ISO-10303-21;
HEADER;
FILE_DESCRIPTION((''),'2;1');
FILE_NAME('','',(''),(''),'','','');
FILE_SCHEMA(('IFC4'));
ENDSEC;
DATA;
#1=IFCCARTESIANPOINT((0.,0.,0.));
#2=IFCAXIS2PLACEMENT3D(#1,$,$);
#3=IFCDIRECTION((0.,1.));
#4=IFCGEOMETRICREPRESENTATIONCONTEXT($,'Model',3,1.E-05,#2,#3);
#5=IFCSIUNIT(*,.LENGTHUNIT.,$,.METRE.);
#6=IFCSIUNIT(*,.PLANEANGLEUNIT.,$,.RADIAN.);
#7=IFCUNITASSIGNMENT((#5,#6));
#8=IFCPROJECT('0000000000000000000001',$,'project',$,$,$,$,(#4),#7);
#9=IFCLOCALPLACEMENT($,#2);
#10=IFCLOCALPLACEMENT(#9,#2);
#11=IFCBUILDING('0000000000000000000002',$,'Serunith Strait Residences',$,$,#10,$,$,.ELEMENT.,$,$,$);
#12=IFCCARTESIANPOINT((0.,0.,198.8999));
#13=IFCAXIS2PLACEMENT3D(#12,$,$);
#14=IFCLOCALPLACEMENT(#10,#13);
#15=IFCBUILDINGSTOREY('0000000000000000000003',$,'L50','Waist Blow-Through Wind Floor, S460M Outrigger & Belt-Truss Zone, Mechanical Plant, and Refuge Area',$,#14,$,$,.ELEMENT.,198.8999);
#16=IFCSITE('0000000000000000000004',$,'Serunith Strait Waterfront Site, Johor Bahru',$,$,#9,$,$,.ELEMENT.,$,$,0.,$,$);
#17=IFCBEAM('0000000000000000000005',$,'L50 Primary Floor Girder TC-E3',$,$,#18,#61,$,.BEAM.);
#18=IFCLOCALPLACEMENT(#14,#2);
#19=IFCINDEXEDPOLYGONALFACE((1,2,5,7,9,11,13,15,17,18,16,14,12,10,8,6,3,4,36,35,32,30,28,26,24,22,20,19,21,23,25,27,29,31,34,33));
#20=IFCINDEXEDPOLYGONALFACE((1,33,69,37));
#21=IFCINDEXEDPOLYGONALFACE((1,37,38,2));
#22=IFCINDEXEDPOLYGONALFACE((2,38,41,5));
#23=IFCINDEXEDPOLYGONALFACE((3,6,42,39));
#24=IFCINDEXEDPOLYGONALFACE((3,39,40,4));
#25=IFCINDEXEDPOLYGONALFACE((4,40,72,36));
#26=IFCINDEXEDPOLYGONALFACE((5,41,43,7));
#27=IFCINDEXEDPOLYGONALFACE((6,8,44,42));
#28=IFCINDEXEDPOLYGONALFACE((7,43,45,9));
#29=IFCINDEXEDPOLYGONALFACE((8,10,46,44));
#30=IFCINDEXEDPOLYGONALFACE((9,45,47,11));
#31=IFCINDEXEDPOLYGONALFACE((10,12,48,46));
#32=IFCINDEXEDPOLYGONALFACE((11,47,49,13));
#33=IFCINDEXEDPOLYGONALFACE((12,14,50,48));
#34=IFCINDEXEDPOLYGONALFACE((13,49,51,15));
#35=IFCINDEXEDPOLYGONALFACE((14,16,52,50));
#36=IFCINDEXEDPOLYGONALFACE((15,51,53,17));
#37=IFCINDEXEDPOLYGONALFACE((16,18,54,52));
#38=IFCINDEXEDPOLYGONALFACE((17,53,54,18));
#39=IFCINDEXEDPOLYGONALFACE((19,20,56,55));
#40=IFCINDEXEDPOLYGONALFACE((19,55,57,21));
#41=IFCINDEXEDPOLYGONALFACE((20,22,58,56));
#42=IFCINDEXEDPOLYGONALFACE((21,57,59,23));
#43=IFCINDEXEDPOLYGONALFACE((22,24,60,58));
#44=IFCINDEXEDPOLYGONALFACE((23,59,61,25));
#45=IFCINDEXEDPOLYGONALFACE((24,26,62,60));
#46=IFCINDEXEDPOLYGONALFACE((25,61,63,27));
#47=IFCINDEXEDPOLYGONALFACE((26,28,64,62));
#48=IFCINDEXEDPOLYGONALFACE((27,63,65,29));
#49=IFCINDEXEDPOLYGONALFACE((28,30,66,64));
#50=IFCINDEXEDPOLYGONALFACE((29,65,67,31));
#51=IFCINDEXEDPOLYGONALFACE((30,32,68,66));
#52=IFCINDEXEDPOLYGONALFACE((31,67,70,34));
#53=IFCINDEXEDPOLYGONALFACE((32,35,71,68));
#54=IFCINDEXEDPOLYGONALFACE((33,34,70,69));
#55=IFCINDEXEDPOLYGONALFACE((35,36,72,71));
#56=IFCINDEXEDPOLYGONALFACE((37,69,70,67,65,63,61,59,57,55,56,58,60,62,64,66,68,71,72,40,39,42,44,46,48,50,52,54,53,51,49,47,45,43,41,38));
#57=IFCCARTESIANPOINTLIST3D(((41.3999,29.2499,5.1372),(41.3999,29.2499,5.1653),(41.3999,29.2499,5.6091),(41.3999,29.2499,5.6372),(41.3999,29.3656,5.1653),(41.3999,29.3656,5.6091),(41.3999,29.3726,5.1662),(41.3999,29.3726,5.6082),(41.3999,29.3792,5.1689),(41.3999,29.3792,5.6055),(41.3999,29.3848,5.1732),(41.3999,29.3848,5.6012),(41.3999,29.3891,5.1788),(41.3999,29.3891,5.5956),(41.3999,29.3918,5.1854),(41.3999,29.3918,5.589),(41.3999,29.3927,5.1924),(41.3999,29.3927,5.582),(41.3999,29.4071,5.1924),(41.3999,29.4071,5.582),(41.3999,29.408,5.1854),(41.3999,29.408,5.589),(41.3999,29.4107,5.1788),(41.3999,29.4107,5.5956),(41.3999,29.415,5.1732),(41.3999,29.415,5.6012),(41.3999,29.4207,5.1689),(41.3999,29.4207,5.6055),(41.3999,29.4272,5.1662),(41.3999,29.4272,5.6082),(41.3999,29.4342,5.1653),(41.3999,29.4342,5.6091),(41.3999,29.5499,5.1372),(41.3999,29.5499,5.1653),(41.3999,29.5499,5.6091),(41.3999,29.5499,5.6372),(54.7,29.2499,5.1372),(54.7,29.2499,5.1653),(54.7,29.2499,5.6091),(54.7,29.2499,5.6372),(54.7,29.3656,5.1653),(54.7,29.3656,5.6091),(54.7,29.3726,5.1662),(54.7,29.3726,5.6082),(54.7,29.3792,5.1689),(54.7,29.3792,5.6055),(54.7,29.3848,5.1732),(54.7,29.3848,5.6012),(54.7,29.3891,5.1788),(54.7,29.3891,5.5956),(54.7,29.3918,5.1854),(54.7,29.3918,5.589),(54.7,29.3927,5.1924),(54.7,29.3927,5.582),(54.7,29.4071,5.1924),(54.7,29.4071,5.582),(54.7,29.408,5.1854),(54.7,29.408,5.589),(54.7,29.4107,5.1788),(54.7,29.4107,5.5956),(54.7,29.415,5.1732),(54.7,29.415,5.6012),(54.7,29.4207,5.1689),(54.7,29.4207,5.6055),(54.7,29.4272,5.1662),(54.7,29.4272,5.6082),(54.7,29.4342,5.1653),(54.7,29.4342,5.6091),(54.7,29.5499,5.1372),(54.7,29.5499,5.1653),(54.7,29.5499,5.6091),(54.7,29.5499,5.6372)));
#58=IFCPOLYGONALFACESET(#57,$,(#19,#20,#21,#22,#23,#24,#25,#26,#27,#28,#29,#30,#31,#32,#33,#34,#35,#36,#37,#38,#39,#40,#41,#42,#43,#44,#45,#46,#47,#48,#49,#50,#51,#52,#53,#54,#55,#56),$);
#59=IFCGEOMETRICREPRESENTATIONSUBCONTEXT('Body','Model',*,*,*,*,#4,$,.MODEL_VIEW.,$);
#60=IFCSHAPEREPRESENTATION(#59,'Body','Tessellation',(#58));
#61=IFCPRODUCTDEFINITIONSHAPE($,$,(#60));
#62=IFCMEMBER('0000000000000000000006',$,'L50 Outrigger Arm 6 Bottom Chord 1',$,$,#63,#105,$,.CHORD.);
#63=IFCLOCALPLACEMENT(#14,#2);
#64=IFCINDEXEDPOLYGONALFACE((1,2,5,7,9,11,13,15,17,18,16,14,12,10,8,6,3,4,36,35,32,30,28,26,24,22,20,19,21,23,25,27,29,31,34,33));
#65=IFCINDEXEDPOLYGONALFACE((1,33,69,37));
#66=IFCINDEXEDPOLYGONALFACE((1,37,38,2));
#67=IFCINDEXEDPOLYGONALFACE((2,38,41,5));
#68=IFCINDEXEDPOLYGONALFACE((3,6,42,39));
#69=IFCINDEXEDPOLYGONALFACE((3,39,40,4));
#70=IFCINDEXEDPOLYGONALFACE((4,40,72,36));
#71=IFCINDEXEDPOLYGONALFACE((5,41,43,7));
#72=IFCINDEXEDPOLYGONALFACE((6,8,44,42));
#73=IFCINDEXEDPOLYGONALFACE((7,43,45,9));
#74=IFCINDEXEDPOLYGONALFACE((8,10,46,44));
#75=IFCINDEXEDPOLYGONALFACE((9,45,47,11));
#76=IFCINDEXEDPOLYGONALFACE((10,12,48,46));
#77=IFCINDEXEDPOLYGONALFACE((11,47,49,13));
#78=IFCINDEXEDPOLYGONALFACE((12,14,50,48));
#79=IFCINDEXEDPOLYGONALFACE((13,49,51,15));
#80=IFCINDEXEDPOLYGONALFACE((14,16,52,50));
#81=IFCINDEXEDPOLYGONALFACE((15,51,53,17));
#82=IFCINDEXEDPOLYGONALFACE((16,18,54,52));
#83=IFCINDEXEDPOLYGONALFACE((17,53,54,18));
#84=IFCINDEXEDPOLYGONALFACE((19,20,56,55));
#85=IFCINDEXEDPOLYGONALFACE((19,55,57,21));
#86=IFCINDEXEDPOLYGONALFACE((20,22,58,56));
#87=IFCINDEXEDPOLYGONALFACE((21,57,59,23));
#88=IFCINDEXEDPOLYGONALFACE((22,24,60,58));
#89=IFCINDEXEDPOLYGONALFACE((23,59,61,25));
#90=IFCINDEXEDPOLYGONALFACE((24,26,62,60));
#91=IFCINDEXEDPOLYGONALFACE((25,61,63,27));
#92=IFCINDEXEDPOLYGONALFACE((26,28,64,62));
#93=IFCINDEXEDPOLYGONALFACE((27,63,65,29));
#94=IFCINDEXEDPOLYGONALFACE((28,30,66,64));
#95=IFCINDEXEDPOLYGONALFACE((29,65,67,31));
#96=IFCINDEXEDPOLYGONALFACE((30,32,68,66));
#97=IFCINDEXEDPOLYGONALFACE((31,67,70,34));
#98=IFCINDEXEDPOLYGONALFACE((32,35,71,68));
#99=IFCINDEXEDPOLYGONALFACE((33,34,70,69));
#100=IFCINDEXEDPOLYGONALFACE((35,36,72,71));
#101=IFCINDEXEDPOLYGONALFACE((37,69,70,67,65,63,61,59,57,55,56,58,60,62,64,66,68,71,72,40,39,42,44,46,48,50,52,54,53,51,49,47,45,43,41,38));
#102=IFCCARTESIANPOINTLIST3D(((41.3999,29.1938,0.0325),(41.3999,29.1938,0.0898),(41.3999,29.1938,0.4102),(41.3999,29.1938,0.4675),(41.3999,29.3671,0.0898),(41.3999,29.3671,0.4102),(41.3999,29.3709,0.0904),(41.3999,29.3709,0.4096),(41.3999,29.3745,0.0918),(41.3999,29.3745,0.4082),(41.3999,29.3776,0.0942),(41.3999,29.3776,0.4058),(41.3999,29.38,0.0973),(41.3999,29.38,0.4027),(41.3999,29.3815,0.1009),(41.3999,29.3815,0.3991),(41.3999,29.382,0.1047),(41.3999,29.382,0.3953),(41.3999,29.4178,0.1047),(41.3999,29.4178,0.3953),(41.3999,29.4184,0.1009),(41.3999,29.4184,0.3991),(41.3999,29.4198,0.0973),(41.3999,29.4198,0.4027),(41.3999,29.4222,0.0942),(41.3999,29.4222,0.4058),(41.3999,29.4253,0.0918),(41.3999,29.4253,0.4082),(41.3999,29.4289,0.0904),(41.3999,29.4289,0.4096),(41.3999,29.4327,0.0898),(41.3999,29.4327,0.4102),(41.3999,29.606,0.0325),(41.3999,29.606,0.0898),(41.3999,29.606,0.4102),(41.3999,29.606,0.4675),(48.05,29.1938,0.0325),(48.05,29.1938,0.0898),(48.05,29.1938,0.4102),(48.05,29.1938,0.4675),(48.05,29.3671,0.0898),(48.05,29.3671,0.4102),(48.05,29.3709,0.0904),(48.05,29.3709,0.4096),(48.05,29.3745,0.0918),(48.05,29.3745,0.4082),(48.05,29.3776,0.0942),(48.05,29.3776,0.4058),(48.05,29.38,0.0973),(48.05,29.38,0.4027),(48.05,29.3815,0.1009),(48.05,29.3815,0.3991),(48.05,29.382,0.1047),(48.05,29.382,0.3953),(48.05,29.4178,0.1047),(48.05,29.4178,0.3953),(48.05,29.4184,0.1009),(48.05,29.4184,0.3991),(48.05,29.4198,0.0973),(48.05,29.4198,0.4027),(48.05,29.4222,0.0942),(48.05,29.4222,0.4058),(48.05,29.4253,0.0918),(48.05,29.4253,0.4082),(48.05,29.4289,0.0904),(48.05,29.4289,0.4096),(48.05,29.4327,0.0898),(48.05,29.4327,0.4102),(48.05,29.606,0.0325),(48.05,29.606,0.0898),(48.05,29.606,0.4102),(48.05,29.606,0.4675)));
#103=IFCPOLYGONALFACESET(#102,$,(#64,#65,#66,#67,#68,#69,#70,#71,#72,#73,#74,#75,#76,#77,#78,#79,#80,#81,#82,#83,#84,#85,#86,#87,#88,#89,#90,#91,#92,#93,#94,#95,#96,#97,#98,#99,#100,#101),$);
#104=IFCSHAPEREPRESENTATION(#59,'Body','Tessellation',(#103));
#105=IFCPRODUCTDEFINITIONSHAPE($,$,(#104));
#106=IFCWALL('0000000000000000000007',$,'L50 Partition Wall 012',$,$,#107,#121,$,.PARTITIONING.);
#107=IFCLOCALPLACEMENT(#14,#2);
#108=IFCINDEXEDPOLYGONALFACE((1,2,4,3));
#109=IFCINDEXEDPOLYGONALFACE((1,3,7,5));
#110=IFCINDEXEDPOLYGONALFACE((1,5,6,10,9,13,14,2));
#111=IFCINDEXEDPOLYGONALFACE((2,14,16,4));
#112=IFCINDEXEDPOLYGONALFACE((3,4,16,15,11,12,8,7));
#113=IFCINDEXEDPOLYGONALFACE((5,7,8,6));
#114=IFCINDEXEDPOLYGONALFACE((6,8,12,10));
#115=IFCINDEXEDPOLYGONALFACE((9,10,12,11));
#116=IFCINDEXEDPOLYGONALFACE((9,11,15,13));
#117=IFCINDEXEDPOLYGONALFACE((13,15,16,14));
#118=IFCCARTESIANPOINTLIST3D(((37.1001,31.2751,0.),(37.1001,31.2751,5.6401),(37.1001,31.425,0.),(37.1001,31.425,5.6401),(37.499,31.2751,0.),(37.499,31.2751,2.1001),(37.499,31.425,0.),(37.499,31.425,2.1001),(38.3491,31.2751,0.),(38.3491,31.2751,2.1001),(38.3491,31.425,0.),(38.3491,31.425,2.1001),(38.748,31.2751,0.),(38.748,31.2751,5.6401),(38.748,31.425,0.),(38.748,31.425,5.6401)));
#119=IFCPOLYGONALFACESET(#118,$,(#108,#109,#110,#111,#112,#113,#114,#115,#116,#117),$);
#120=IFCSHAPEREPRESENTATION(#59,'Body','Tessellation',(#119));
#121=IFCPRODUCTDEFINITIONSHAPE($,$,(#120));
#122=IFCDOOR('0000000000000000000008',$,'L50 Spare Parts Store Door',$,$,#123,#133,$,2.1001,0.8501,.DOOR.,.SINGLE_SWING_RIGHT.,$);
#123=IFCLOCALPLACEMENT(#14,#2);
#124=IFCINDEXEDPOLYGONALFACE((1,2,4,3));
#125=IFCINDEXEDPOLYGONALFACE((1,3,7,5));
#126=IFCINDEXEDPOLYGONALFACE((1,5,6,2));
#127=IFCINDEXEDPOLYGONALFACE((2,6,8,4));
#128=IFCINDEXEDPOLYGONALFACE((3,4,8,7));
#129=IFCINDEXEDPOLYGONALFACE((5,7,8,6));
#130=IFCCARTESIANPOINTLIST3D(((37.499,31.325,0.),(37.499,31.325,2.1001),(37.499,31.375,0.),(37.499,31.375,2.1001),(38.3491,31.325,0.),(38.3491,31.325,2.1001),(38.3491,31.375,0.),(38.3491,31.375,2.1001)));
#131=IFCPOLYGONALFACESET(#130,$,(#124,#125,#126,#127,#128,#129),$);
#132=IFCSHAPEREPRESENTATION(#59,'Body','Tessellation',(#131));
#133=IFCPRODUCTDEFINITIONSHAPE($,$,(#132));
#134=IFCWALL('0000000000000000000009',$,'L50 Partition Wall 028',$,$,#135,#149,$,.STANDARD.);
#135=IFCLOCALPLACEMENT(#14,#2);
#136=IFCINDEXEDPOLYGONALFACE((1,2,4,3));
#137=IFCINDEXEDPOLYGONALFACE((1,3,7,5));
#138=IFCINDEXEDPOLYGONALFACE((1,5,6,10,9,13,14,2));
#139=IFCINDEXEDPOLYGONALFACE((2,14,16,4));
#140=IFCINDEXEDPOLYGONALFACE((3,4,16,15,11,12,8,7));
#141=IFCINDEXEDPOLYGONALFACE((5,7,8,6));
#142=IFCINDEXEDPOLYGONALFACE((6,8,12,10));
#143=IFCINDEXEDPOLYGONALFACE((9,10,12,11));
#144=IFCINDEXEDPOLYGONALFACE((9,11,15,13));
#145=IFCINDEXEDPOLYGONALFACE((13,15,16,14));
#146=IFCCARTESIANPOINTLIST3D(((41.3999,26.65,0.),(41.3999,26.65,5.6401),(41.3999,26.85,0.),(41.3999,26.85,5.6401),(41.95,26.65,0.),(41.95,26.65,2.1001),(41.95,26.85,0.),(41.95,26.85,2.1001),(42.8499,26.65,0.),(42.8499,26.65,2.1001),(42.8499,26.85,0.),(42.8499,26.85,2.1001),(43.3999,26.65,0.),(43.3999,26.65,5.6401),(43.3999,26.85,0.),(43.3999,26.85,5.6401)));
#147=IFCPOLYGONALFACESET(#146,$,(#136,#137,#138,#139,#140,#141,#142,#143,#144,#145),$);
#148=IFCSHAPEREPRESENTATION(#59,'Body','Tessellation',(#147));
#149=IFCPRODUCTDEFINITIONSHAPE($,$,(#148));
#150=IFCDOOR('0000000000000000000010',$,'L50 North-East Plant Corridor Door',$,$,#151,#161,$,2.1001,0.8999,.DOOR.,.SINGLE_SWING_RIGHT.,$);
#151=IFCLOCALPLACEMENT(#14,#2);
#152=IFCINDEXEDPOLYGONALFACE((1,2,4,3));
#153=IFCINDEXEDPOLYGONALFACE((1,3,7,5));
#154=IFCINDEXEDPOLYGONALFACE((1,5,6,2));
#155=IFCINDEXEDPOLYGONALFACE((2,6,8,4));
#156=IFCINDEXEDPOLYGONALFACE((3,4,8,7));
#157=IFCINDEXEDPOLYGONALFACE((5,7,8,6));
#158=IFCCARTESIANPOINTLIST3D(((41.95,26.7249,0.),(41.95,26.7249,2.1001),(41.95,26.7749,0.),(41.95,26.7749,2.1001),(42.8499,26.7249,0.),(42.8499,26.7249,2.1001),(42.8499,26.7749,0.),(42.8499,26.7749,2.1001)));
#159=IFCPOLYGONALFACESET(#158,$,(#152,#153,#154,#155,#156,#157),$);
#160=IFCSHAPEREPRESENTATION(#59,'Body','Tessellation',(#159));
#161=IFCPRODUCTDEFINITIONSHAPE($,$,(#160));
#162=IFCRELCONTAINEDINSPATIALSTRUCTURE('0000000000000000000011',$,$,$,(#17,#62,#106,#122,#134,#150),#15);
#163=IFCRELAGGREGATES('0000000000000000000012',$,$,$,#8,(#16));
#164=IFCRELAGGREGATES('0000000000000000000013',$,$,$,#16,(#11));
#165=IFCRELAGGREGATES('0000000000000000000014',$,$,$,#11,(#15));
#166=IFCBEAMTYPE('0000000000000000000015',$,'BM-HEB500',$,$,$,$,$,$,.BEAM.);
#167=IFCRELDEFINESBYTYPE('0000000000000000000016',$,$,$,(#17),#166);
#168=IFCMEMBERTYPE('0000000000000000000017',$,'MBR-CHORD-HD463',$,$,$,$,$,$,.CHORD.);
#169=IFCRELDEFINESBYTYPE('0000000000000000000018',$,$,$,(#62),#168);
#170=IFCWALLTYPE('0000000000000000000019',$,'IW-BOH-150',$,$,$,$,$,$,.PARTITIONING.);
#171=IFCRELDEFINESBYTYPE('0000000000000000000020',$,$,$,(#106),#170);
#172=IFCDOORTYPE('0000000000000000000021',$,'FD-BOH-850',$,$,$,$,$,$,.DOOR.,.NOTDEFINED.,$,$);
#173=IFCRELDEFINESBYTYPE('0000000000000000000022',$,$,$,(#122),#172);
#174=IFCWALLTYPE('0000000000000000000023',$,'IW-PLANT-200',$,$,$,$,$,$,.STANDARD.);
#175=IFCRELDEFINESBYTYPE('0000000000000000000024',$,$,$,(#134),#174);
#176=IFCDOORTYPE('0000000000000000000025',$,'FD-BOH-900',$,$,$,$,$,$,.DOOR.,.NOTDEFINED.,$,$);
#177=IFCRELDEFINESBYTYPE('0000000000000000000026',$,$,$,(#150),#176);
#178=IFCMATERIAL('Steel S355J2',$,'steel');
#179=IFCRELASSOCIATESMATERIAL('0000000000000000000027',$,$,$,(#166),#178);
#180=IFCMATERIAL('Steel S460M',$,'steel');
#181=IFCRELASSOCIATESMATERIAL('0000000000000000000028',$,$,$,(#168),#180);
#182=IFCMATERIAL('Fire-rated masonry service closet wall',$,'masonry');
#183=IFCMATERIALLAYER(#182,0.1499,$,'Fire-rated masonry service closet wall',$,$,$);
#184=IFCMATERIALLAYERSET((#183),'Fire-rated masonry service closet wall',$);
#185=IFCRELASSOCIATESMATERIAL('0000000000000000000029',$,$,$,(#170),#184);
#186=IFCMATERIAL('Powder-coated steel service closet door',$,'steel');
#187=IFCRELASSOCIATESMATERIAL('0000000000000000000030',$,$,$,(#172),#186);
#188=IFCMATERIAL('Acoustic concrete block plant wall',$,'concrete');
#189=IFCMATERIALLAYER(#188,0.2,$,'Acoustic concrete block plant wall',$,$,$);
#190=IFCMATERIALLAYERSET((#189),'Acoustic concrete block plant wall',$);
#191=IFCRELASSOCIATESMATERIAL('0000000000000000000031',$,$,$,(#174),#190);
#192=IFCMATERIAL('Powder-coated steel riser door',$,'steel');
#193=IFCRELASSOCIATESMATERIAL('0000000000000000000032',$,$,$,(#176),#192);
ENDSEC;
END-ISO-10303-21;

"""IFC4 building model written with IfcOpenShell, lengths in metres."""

from ifc_helpers import new_model, si_unit, direction, frame, frame_2d, origin, origin_2d, place, context, subcontext, project, spatial, rectangle, i_section, extrude, source, transform, mapped, material, layer, layer_set, material_profile, profile_set, type_object, element, fill, save


model = new_model("IFC4")

# Units and contexts
model_context = context("Model", 3, precision=1e-05, world=origin(), true_north=direction((0.0, 1.0)))
body_context = subcontext(model_context, "Body", "Model", "MODEL_VIEW")
ifc_project = project(units=[si_unit("LENGTHUNIT", "METRE"), si_unit("PLANEANGLEUNIT", "RADIAN")], contexts=[model_context])

# Site, building, storey
site_placement = place(None, origin())
site = spatial("IfcSite", under=ifc_project, at=site_placement, Name="Serunith Strait Waterfront Site, Johor Bahru", CompositionType="ELEMENT", RefElevation=0.0)
building_placement = place(site_placement, origin())
building = spatial("IfcBuilding", under=site, at=building_placement, Name="Serunith Strait Residences", CompositionType="ELEMENT")
storey_placement = place(building_placement, frame((0.0, 0.0, 198.8999)))
storey = spatial("IfcBuildingStorey", under=building, at=storey_placement, Name="L50", Description="Waist Blow-Through Wind Floor, S460M Outrigger & Belt-Truss Zone, Mechanical Plant, and Refuge Area", CompositionType="ELEMENT", Elevation=198.8999)

# Beam
ifc_material_1 = material(Name="Steel S355J2", Category="steel")
ifc_material_profile_1 = material_profile(ifc_material_1, i_section(OverallWidth=0.3, OverallDepth=0.5, WebThickness=0.0144, FlangeThickness=0.0281, FilletRadius=0.0271, at=origin_2d()), Name="HEB 500")
ifc_profile_set_1 = profile_set([ifc_material_profile_1], Name="Steel S355J2")
beam_type = type_object("IfcBeamType", Name="BM-HEB500", PredefinedType="BEAM", material=ifc_profile_set_1)
shared_shape_1 = source(origin(), body_context, "Body", "SweptSolid", [
    extrude(i_section(OverallWidth=0.3, OverallDepth=0.5, WebThickness=0.0144, FlangeThickness=0.0281, FilletRadius=0.0271, at=origin_2d()), origin(), (0.0, 0.0, 1.0), 13.3),
])
beam_placement = place(storey_placement, frame((41.3999, 29.3999, 5.3872), z_axis=(1.0, 0.0, 0.0), x_axis=(0.0, 1.0, 0.0)))
element("IfcBeam", 1, at=beam_placement, inside=storey, type_object=beam_type, Name="L50 Primary Floor Girder TC-E3", PredefinedType="BEAM", context=body_context, shape_type="MappedRepresentation", body=[
    mapped(shared_shape_1, transform((0.0, 0.0, 0.0), scale=1.0)),
])

# Member
ifc_material_2 = material(Name="Steel S460M", Category="steel")
ifc_material_profile_2 = material_profile(ifc_material_2, i_section(OverallWidth=0.4121, OverallDepth=0.4351, WebThickness=0.0359, FlangeThickness=0.0574, FilletRadius=0.0149, at=origin_2d()), Name="HD 400x463")
ifc_profile_set_2 = profile_set([ifc_material_profile_2], Name="Steel S460M")
member_type = type_object("IfcMemberType", Name="MBR-CHORD-HD463", PredefinedType="CHORD", material=ifc_profile_set_2)
shared_shape_2 = source(origin(), body_context, "Body", "SweptSolid", [
    extrude(i_section(OverallWidth=0.4121, OverallDepth=0.4351, WebThickness=0.0359, FlangeThickness=0.0574, FilletRadius=0.0149, at=origin_2d()), origin(), (0.0, 0.0, 1.0), 6.6501),
])
member_placement = place(storey_placement, frame((41.3999, 29.3999, 0.25), z_axis=(1.0, 0.0, 0.0), x_axis=(0.0, 1.0, 0.0)))
element("IfcMember", 2, at=member_placement, inside=storey, type_object=member_type, Name="L50 Outrigger Arm 6 Bottom Chord 1", PredefinedType="CHORD", context=body_context, shape_type="MappedRepresentation", body=[
    mapped(shared_shape_2, transform((0.0, 0.0, 0.0), scale=1.0)),
])

# Walls, openings, doors
ifc_material_3 = material(Name="Fire-rated masonry service closet wall", Category="masonry")
ifc_layer_1 = layer(ifc_material_3, 0.1499, Name="Fire-rated masonry service closet wall")
ifc_layer_set_1 = layer_set([ifc_layer_1], Name="Fire-rated masonry service closet wall")
wall_type_1 = type_object("IfcWallType", Name="IW-BOH-150", PredefinedType="PARTITIONING", material=ifc_layer_set_1)
wall_1_placement = place(storey_placement, frame((37.1001, 31.3501, 0.0), z_axis=(0.0, 0.0, 1.0), x_axis=(1.0, 0.0, 0.0)))
wall_1 = element("IfcWall", 3, at=wall_1_placement, inside=storey, type_object=wall_type_1, Name="L50 Partition Wall 012", PredefinedType="PARTITIONING", context=body_context, shape_type="SweptSolid", body=[
    extrude(rectangle(XDim=1.6479, YDim=0.1499, at=frame_2d((0.824, 0.0))), origin(), (0.0, 0.0, 1.0), 5.6401),
])
opening_1_placement = place(wall_1_placement, frame((0.3989, 0.0, 0.0)))
opening_1 = element("IfcOpeningElement", 4, at=opening_1_placement, cuts=wall_1, PredefinedType="OPENING", context=body_context, shape_type="SweptSolid", body=[
    extrude(rectangle(XDim=0.8501, YDim=2.1001, at=frame_2d((0.425, 1.05))), frame((0.0, 0.085, 0.0), z_axis=(0.0, -1.0, 0.0), x_axis=(1.0, 0.0, 0.0)), (0.0, 0.0, 1.0), 0.1699),
])
ifc_material_4 = material(Name="Powder-coated steel service closet door", Category="steel")
door_type_1 = type_object("IfcDoorType", Name="FD-BOH-850", OperationType="NOTDEFINED", PredefinedType="DOOR", material=ifc_material_4)
shared_shape_3 = source(origin(), body_context, "Body", "SweptSolid", [
    extrude(rectangle(XDim=0.8501, YDim=2.1001, at=frame_2d((0.425, 1.05))), frame((0.0, 0.0249, 0.0), z_axis=(0.0, -1.0, 0.0), x_axis=(1.0, 0.0, 0.0)), (0.0, 0.0, 1.0), 0.05),
])
door_1_placement = place(opening_1_placement, origin())
door_1 = element("IfcDoor", 5, at=door_1_placement, inside=storey, type_object=door_type_1, Name="L50 Spare Parts Store Door", OperationType="SINGLE_SWING_RIGHT", OverallHeight=2.1001, OverallWidth=0.8501, PredefinedType="DOOR", context=body_context, shape_type="MappedRepresentation", body=[
    mapped(shared_shape_3, transform((0.0, 0.0, 0.0), scale=1.0)),
])
fill(opening_1, door_1)
ifc_material_5 = material(Name="Acoustic concrete block plant wall", Category="concrete")
ifc_layer_2 = layer(ifc_material_5, 0.2, Name="Acoustic concrete block plant wall")
ifc_layer_set_2 = layer_set([ifc_layer_2], Name="Acoustic concrete block plant wall")
wall_type_2 = type_object("IfcWallType", Name="IW-PLANT-200", PredefinedType="STANDARD", material=ifc_layer_set_2)
wall_2_placement = place(storey_placement, frame((41.3999, 26.75, 0.0), z_axis=(0.0, 0.0, 1.0), x_axis=(1.0, 0.0, 0.0)))
wall_2 = element("IfcWall", 6, at=wall_2_placement, inside=storey, type_object=wall_type_2, Name="L50 Partition Wall 028", PredefinedType="STANDARD", context=body_context, shape_type="SweptSolid", body=[
    extrude(rectangle(XDim=2.0, YDim=0.2, at=frame_2d((1.0, 0.0))), origin(), (0.0, 0.0, 1.0), 5.6401),
])
opening_2_placement = place(wall_2_placement, frame((0.55, 0.0, 0.0)))
opening_2 = element("IfcOpeningElement", 7, at=opening_2_placement, cuts=wall_2, PredefinedType="OPENING", context=body_context, shape_type="SweptSolid", body=[
    extrude(rectangle(XDim=0.8999, YDim=2.1001, at=frame_2d((0.45, 1.05))), frame((0.0, 0.1099, 0.0), z_axis=(0.0, -1.0, 0.0), x_axis=(1.0, 0.0, 0.0)), (0.0, 0.0, 1.0), 0.22),
])
ifc_material_6 = material(Name="Powder-coated steel riser door", Category="steel")
door_type_2 = type_object("IfcDoorType", Name="FD-BOH-900", OperationType="NOTDEFINED", PredefinedType="DOOR", material=ifc_material_6)
shared_shape_4 = source(origin(), body_context, "Body", "SweptSolid", [
    extrude(rectangle(XDim=0.8999, YDim=2.1001, at=frame_2d((0.45, 1.05))), frame((0.0, 0.0249, 0.0), z_axis=(0.0, -1.0, 0.0), x_axis=(1.0, 0.0, 0.0)), (0.0, 0.0, 1.0), 0.05),
])
door_2_placement = place(opening_2_placement, origin())
door_2 = element("IfcDoor", 8, at=door_2_placement, inside=storey, type_object=door_type_2, Name="L50 North-East Plant Corridor Door", OperationType="SINGLE_SWING_RIGHT", OverallHeight=2.1001, OverallWidth=0.8999, PredefinedType="DOOR", context=body_context, shape_type="MappedRepresentation", body=[
    mapped(shared_shape_4, transform((0.0, 0.0, 0.0), scale=1.0)),
])
fill(opening_2, door_2)

save(model, "model.ifc")
